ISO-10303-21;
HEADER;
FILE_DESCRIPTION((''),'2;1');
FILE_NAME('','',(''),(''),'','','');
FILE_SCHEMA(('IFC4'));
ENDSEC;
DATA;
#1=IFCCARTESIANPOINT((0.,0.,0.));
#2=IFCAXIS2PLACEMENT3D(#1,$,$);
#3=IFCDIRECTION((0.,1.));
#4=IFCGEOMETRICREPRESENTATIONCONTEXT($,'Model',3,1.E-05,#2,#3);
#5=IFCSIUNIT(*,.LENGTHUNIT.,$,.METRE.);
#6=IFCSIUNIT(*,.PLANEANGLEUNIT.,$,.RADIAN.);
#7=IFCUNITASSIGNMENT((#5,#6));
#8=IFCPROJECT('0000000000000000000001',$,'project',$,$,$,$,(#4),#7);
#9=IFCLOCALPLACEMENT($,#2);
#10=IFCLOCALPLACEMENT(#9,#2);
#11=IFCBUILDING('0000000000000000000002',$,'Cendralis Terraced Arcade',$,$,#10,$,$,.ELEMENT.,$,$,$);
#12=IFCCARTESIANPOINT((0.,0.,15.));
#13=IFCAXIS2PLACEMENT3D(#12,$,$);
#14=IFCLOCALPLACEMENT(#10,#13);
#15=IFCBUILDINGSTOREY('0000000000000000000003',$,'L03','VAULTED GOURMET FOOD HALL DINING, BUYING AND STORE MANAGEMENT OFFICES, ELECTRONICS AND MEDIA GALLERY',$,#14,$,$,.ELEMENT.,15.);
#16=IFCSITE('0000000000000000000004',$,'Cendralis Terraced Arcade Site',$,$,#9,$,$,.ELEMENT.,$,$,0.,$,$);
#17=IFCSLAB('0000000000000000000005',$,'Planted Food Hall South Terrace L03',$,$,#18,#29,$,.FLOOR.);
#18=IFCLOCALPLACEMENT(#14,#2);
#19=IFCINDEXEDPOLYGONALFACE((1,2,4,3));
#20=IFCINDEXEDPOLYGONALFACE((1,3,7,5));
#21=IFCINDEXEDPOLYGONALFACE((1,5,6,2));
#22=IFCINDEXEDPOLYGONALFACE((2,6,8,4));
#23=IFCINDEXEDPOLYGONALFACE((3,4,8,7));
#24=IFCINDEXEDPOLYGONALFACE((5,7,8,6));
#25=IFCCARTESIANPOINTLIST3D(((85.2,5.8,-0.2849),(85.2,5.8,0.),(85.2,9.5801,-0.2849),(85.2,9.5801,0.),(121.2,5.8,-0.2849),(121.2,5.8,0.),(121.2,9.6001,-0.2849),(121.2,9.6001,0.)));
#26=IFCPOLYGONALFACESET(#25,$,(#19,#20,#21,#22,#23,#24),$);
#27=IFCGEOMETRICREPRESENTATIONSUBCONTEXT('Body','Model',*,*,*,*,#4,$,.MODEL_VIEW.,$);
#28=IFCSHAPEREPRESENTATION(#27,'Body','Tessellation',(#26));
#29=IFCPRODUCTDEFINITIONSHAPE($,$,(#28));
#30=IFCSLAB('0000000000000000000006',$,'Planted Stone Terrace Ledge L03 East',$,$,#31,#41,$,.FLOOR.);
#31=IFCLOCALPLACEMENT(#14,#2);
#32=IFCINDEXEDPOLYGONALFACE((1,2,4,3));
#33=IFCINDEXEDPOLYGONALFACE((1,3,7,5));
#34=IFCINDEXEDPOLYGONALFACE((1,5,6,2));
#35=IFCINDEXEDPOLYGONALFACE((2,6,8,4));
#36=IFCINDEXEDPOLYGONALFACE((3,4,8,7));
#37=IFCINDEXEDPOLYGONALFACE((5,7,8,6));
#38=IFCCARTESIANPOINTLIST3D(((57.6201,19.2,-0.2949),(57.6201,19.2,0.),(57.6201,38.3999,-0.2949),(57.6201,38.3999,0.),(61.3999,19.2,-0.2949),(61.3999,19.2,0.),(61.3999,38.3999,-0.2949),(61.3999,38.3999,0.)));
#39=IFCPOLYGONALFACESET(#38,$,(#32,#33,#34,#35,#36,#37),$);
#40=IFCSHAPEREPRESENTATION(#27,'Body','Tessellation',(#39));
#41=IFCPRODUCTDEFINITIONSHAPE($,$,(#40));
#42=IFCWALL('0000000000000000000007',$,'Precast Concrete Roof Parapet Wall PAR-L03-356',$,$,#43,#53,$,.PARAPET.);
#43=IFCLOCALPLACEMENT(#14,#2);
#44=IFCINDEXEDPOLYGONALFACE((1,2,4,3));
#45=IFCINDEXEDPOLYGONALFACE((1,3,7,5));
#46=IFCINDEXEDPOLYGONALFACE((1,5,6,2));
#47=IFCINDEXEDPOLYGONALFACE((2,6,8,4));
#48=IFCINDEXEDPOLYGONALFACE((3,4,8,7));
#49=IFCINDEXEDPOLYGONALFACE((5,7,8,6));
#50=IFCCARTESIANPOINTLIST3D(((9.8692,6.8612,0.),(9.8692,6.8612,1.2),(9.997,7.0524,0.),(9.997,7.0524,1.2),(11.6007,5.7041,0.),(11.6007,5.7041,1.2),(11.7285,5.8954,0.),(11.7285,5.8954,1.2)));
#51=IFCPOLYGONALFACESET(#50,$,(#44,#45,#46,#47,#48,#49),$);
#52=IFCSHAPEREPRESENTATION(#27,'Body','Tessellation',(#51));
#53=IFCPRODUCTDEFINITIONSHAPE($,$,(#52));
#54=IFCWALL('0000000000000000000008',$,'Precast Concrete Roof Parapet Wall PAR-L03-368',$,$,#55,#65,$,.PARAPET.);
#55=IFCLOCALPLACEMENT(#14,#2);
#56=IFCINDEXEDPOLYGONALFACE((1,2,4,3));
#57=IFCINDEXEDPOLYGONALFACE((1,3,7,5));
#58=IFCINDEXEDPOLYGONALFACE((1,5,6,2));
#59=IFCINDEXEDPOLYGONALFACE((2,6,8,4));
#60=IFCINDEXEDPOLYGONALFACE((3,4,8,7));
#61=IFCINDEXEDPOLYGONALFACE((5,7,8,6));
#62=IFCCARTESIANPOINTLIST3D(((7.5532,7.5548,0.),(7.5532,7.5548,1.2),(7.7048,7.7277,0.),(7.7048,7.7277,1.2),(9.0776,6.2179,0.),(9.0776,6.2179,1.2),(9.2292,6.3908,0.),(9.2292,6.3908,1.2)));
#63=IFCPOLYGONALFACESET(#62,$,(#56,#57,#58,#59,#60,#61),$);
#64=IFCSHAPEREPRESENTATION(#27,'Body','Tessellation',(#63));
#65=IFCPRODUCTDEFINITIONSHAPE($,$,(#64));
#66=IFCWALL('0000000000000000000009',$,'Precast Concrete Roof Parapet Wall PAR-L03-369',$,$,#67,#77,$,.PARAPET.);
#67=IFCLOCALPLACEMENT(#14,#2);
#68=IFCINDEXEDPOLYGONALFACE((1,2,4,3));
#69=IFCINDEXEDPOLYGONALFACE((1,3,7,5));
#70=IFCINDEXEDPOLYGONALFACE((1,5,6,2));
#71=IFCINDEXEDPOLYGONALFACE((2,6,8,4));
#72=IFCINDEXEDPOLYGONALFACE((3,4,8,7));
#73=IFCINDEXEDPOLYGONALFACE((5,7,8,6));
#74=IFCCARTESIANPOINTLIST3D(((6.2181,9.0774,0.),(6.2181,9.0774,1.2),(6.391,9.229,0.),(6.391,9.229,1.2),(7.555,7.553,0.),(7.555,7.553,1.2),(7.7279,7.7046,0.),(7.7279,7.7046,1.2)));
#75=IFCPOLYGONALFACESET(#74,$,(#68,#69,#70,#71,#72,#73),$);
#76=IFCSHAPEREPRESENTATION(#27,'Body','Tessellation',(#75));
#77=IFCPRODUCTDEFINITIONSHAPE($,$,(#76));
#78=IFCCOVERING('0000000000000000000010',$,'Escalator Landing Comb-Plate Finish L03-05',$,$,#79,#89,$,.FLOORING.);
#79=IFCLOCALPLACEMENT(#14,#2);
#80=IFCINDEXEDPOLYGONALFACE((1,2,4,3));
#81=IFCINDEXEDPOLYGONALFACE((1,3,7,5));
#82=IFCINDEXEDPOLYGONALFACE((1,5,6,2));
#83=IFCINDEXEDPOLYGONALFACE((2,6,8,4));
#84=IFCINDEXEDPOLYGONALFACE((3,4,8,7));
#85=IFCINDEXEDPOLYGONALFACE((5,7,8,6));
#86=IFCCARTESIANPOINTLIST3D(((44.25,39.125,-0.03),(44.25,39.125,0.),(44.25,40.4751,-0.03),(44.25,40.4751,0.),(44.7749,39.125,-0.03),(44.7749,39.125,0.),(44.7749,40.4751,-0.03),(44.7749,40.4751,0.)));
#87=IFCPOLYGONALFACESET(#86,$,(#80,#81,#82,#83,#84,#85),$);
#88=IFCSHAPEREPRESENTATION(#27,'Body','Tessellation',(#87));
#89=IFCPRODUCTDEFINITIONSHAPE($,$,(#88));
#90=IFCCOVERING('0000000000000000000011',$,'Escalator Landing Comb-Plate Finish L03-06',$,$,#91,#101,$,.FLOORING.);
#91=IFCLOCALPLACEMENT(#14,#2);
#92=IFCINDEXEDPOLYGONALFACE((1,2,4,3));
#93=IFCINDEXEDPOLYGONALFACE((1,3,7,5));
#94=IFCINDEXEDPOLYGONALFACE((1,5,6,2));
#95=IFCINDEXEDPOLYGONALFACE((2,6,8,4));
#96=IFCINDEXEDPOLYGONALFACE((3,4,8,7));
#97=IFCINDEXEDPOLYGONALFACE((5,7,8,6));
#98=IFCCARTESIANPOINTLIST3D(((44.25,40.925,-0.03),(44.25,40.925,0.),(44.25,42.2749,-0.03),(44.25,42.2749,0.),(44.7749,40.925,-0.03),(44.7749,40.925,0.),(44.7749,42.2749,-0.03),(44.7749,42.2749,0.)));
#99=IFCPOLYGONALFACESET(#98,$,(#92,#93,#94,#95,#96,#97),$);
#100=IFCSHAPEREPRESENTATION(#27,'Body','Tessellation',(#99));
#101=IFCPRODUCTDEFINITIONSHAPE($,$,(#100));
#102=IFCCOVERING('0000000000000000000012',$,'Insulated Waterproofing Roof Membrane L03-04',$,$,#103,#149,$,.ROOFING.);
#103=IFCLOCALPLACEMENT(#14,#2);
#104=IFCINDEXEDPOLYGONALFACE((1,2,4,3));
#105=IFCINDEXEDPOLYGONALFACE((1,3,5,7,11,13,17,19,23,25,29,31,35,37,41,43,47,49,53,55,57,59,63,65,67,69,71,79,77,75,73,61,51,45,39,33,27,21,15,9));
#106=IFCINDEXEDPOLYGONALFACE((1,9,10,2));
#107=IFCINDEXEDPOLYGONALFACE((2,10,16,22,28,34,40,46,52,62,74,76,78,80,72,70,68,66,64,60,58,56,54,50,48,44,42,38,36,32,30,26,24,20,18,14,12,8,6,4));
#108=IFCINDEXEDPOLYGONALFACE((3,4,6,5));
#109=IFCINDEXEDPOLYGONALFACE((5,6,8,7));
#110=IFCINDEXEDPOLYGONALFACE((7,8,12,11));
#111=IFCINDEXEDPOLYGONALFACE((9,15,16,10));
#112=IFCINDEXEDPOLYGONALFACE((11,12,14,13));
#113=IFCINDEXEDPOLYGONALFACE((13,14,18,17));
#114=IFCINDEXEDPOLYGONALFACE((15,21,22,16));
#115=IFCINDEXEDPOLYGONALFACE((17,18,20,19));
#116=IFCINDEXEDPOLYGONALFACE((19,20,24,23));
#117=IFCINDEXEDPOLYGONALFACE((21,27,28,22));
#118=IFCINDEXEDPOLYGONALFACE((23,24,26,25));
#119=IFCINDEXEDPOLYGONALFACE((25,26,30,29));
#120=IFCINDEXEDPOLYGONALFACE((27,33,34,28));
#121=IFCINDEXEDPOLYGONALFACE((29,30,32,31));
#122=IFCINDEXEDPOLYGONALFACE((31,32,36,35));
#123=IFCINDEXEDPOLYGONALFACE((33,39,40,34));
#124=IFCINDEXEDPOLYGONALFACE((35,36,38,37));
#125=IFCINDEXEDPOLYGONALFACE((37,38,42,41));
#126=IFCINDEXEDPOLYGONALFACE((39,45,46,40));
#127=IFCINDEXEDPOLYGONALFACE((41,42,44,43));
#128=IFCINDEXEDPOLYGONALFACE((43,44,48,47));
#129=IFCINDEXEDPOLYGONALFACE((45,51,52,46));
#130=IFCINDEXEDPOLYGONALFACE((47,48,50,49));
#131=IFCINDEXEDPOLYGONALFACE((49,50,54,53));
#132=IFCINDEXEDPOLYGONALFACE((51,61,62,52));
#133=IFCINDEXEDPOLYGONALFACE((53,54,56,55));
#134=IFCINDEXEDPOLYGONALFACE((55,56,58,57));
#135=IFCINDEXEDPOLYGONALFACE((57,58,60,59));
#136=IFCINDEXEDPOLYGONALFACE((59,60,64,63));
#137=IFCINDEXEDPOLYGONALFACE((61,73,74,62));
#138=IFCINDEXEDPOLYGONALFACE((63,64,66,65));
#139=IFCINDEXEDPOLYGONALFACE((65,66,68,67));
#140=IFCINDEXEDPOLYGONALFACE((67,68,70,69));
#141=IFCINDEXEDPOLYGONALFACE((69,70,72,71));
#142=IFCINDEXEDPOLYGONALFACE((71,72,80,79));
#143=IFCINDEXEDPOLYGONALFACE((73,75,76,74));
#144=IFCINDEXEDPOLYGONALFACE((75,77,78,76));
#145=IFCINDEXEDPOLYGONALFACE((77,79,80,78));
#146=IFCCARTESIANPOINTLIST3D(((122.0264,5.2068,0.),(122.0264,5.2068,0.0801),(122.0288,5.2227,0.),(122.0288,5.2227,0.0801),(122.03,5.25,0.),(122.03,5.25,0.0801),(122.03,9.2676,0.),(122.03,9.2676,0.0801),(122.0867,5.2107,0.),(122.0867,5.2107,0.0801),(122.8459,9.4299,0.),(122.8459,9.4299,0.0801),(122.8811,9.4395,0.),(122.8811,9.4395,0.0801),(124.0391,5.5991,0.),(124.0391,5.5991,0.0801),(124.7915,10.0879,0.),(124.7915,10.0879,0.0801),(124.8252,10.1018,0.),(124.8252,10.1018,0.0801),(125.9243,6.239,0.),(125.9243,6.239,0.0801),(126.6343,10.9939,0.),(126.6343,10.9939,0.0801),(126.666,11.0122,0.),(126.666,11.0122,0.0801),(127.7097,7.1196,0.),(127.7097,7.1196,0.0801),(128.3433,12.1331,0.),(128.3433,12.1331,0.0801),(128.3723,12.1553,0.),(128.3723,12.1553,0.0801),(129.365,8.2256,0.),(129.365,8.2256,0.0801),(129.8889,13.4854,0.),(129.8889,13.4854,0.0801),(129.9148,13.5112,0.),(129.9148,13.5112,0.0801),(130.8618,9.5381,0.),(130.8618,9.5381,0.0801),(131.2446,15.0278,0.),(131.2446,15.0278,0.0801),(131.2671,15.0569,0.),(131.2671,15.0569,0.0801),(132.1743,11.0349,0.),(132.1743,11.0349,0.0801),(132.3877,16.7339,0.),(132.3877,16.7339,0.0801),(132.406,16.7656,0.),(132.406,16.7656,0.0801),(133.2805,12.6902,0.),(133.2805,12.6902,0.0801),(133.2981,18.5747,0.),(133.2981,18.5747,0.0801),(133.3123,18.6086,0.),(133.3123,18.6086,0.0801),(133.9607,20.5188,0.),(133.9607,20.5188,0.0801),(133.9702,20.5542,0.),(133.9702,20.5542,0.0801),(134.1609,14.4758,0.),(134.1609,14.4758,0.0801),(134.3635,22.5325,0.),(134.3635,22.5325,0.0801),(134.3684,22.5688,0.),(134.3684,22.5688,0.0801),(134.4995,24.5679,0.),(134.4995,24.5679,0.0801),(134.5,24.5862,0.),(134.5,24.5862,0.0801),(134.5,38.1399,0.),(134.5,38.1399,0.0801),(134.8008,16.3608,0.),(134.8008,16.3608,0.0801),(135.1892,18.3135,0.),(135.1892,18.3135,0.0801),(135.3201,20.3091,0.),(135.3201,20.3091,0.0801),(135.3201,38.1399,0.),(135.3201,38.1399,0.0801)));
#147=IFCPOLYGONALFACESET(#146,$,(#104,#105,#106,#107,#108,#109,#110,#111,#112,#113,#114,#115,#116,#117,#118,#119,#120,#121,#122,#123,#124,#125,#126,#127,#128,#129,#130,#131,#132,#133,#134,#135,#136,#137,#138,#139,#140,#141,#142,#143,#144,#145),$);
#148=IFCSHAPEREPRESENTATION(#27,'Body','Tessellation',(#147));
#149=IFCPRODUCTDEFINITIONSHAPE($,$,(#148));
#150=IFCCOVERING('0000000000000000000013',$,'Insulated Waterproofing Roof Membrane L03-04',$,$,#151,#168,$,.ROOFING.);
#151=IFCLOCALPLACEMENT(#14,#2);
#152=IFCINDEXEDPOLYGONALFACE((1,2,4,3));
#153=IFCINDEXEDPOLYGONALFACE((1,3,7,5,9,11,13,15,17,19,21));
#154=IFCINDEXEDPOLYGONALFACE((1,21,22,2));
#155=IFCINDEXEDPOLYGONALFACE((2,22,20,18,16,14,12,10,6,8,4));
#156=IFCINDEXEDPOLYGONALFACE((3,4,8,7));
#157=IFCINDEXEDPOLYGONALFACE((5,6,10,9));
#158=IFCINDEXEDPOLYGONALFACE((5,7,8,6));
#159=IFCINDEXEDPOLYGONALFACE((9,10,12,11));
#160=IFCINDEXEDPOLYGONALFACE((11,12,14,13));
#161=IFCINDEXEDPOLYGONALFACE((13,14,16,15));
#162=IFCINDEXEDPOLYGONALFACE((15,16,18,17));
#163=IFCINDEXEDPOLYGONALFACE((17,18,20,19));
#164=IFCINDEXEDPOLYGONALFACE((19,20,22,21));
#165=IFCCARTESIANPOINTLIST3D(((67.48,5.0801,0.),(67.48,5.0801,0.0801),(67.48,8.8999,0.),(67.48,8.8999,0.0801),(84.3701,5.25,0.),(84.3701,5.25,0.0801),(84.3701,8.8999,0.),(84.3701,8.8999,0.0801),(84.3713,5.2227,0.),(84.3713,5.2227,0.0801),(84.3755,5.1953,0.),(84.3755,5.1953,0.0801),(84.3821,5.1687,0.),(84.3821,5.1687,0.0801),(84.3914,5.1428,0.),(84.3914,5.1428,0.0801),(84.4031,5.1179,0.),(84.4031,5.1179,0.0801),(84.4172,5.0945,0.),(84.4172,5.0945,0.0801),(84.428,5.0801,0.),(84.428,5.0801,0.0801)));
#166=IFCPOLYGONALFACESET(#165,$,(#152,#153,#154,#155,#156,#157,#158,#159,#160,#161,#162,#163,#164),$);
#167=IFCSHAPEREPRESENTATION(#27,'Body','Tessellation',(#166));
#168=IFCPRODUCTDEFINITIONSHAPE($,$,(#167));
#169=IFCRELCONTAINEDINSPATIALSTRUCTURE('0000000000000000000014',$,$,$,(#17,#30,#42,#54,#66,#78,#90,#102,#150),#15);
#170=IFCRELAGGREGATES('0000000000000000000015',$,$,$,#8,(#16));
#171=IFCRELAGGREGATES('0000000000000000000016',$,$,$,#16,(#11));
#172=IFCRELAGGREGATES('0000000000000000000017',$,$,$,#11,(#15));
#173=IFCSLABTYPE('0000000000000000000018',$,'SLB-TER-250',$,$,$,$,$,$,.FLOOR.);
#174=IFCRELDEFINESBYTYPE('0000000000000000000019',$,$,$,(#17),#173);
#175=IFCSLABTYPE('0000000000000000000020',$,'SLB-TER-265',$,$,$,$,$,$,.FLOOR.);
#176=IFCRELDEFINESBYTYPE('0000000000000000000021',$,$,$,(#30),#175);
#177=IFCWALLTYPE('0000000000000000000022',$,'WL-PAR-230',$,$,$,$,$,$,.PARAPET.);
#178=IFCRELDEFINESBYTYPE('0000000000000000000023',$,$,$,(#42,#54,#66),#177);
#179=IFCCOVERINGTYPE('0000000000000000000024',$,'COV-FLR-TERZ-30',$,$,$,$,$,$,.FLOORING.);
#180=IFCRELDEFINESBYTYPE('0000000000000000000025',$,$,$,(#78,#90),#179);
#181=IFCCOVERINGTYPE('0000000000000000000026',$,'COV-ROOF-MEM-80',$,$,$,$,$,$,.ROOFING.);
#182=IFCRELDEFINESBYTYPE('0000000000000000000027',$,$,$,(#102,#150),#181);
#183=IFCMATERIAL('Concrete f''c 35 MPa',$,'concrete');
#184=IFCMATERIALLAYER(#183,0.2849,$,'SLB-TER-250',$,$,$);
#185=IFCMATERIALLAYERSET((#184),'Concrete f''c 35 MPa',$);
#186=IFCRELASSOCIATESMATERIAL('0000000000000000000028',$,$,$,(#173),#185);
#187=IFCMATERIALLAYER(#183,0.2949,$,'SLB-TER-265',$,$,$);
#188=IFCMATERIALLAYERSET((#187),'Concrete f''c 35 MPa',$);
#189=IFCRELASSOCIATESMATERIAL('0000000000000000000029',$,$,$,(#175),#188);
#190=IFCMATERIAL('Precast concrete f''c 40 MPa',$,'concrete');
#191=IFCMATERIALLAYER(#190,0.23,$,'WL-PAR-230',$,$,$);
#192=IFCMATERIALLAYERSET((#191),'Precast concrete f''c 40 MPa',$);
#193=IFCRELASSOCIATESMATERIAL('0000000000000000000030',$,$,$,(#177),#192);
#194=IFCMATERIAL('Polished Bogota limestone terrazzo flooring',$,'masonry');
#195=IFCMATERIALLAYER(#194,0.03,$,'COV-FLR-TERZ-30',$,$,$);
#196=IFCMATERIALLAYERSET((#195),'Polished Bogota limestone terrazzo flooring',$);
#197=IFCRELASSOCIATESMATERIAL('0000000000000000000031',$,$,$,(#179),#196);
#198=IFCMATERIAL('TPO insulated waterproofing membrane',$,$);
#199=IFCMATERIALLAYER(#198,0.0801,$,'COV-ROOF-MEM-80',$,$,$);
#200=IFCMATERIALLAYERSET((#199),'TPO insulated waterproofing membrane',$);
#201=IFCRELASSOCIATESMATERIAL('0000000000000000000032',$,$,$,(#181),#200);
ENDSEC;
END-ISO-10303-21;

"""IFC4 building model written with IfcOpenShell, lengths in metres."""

from ifc_helpers import new_model, si_unit, direction, frame, frame_2d, origin, place, context, subcontext, project, spatial, polyline, rectangle, outline, extrude, material, layer, layer_set, type_object, element, save


model = new_model("IFC4")

# Units and contexts
model_context = context("Model", 3, precision=1e-05, world=origin(), true_north=direction((0.0, 1.0)))
body_context = subcontext(model_context, "Body", "Model", "MODEL_VIEW")
ifc_project = project(units=[si_unit("LENGTHUNIT", "METRE"), si_unit("PLANEANGLEUNIT", "RADIAN")], contexts=[model_context])

# Site, building, storey
site_placement = place(None, origin())
site = spatial("IfcSite", under=ifc_project, at=site_placement, Name="Cendralis Terraced Arcade Site", CompositionType="ELEMENT", RefElevation=0.0)
building_placement = place(site_placement, origin())
building = spatial("IfcBuilding", under=site, at=building_placement, Name="Cendralis Terraced Arcade", CompositionType="ELEMENT")
storey_placement = place(building_placement, frame((0.0, 0.0, 15.0)))
storey = spatial("IfcBuildingStorey", under=building, at=storey_placement, Name="L03", Description="VAULTED GOURMET FOOD HALL DINING, BUYING AND STORE MANAGEMENT OFFICES, ELECTRONICS AND MEDIA GALLERY", CompositionType="ELEMENT", Elevation=15.0)

# Shared definitions
ifc_material_1 = material(Name="Concrete f'c 35 MPa", Category="concrete")

# Slabs
ifc_layer_1 = layer(ifc_material_1, 0.2849, Name="SLB-TER-250")
ifc_layer_set_1 = layer_set([ifc_layer_1], Name="Concrete f'c 35 MPa")
slab_type_1 = type_object("IfcSlabType", Name="SLB-TER-250", PredefinedType="FLOOR", material=ifc_layer_set_1)
slab_1_placement = place(storey_placement, frame((0.0, 0.0, -0.2849)))
element("IfcSlab", 1, at=slab_1_placement, inside=storey, type_object=slab_type_1, Name="Planted Food Hall South Terrace L03", PredefinedType="FLOOR", context=body_context, shape_type="SweptSolid", body=[
    extrude(outline(polyline([(121.2, 9.6001), (121.2, 5.8), (85.2, 5.8), (85.2, 9.5801), (121.2, 9.6001)])), origin(), (0.0, 0.0, 1.0), 0.2849),
])
ifc_layer_2 = layer(ifc_material_1, 0.2949, Name="SLB-TER-265")
ifc_layer_set_2 = layer_set([ifc_layer_2], Name="Concrete f'c 35 MPa")
slab_type_2 = type_object("IfcSlabType", Name="SLB-TER-265", PredefinedType="FLOOR", material=ifc_layer_set_2)
slab_2_placement = place(storey_placement, frame((0.0, 0.0, -0.2949)))
element("IfcSlab", 2, at=slab_2_placement, inside=storey, type_object=slab_type_2, Name="Planted Stone Terrace Ledge L03 East", PredefinedType="FLOOR", context=body_context, shape_type="SweptSolid", body=[
    extrude(outline(polyline([(61.3999, 38.3999), (61.3999, 19.2), (57.6201, 19.2), (57.6201, 38.3999), (61.3999, 38.3999)])), origin(), (0.0, 0.0, 1.0), 0.2949),
])

# Walls
ifc_material_2 = material(Name="Precast concrete f'c 40 MPa", Category="concrete")
ifc_layer_3 = layer(ifc_material_2, 0.23, Name="WL-PAR-230")
ifc_layer_set_3 = layer_set([ifc_layer_3], Name="Precast concrete f'c 40 MPa")
wall_type = type_object("IfcWallType", Name="WL-PAR-230", PredefinedType="PARAPET", material=ifc_layer_set_3)
wall_placement = place(storey_placement, frame((9.9331, 6.9568, 0.0), z_axis=(0.0, 0.0, 1.0), x_axis=(0.831455, -0.555593, 0.0)))
element("IfcWall", 3, at=wall_placement, inside=storey, type_object=wall_type, Name="Precast Concrete Roof Parapet Wall PAR-L03-356", PredefinedType="PARAPET", context=body_context, shape_type="SweptSolid", body=[
    extrude(rectangle(XDim=2.0825, YDim=0.23, at=frame_2d((1.0413, 0.0))), origin(), (0.0, 0.0, 1.0), 1.2),
])
for number, where, z_axis, x_axis, name in (
    (4, (9.1533, 6.3044, 0.0), (0.0, 0.0, 1.0), (-0.75183, 0.659357, 0.0), "Precast Concrete Roof Parapet Wall PAR-L03-368"),
    (5, (7.6414, 7.6289, 0.0), (0.0, 0.0, 1.0), (-0.659357, 0.75183, 0.0), "Precast Concrete Roof Parapet Wall PAR-L03-369"),
):
    element("IfcWall", number, at=place(storey_placement, frame(where, z_axis=z_axis, x_axis=x_axis)), inside=storey, type_object=wall_type, Name=name, PredefinedType="PARAPET", context=body_context, shape_type="SweptSolid", body=[
        extrude(rectangle(XDim=2.0276, YDim=0.23, at=frame_2d((1.0137, 0.0))), origin(), (0.0, 0.0, 1.0), 1.2),
    ])

# Coverings
ifc_material_3 = material(Name="Polished Bogota limestone terrazzo flooring", Category="masonry")
ifc_layer_4 = layer(ifc_material_3, 0.03, Name="COV-FLR-TERZ-30")
ifc_layer_set_4 = layer_set([ifc_layer_4], Name="Polished Bogota limestone terrazzo flooring")
covering_type_1 = type_object("IfcCoveringType", Name="COV-FLR-TERZ-30", PredefinedType="FLOORING", material=ifc_layer_set_4)
covering_1_placement = place(storey_placement, frame((0.0, 0.0, -0.03)))
element("IfcCovering", 6, at=covering_1_placement, inside=storey, type_object=covering_type_1, Name="Escalator Landing Comb-Plate Finish L03-05", PredefinedType="FLOORING", context=body_context, shape_type="SweptSolid", body=[
    extrude(outline(polyline([(44.25, 39.125), (44.7749, 39.125), (44.7749, 40.4751), (44.25, 40.4751), (44.25, 39.125)])), origin(), (0.0, 0.0, 1.0), 0.03),
])
covering_2_placement = place(storey_placement, frame((0.0, 0.0, -0.03)))
element("IfcCovering", 7, at=covering_2_placement, inside=storey, type_object=covering_type_1, Name="Escalator Landing Comb-Plate Finish L03-06", PredefinedType="FLOORING", context=body_context, shape_type="SweptSolid", body=[
    extrude(outline(polyline([(44.25, 40.925), (44.7749, 40.925), (44.7749, 42.2749), (44.25, 42.2749), (44.25, 40.925)])), origin(), (0.0, 0.0, 1.0), 0.03),
])
ifc_material_4 = material(Name="TPO insulated waterproofing membrane")
ifc_layer_5 = layer(ifc_material_4, 0.0801, Name="COV-ROOF-MEM-80")
ifc_layer_set_5 = layer_set([ifc_layer_5], Name="TPO insulated waterproofing membrane")
covering_type_2 = type_object("IfcCoveringType", Name="COV-ROOF-MEM-80", PredefinedType="ROOFING", material=ifc_layer_set_5)
covering_3_placement = place(storey_placement, origin())
element("IfcCovering", 8, at=covering_3_placement, inside=storey, type_object=covering_type_2, Name="Insulated Waterproofing Roof Membrane L03-04", PredefinedType="ROOFING", context=body_context, shape_type="SweptSolid", body=[
    extrude(outline(polyline([(135.3201, 38.1399), (135.3201, 20.3091), (135.1892, 18.3135), (134.8008, 16.3608), (134.1609, 14.4758), (133.2805, 12.6902), (132.1743, 11.0349), (130.8618, 9.5381), (129.365, 8.2256), (127.7097, 7.1196), (125.9243, 6.239), (124.0391, 5.5991), (122.0867, 5.2107), (122.0264, 5.2068), (122.0288, 5.2227), (122.03, 5.25), (122.03, 9.2676), (122.8459, 9.4299), (122.8811, 9.4395), (124.7915, 10.0879), (124.8252, 10.1018), (126.6343, 10.9939), (126.666, 11.0122), (128.3433, 12.1331), (128.3723, 12.1553), (129.8889, 13.4854), (129.9148, 13.5112), (131.2446, 15.0278), (131.2671, 15.0569), (132.3877, 16.7339), (132.406, 16.7656), (133.2981, 18.5747), (133.3123, 18.6086), (133.9607, 20.5188), (133.9702, 20.5542), (134.3635, 22.5325), (134.3684, 22.5688), (134.4995, 24.5679), (134.5, 24.5862), (134.5, 38.1399), (135.3201, 38.1399)])), origin(), (0.0, 0.0, 1.0), 0.0801),
])
covering_4_placement = place(storey_placement, origin())
element("IfcCovering", 9, at=covering_4_placement, inside=storey, type_object=covering_type_2, Name="Insulated Waterproofing Roof Membrane L03-04", PredefinedType="ROOFING", context=body_context, shape_type="SweptSolid", body=[
    extrude(outline(polyline([(84.428, 5.0801), (67.48, 5.0801), (67.48, 8.8999), (84.3701, 8.8999), (84.3701, 5.25), (84.3713, 5.2227), (84.3755, 5.1953), (84.3821, 5.1687), (84.3914, 5.1428), (84.4031, 5.1179), (84.4172, 5.0945), (84.428, 5.0801)])), origin(), (0.0, 0.0, 1.0), 0.0801),
])

save(model, "model.ifc")
